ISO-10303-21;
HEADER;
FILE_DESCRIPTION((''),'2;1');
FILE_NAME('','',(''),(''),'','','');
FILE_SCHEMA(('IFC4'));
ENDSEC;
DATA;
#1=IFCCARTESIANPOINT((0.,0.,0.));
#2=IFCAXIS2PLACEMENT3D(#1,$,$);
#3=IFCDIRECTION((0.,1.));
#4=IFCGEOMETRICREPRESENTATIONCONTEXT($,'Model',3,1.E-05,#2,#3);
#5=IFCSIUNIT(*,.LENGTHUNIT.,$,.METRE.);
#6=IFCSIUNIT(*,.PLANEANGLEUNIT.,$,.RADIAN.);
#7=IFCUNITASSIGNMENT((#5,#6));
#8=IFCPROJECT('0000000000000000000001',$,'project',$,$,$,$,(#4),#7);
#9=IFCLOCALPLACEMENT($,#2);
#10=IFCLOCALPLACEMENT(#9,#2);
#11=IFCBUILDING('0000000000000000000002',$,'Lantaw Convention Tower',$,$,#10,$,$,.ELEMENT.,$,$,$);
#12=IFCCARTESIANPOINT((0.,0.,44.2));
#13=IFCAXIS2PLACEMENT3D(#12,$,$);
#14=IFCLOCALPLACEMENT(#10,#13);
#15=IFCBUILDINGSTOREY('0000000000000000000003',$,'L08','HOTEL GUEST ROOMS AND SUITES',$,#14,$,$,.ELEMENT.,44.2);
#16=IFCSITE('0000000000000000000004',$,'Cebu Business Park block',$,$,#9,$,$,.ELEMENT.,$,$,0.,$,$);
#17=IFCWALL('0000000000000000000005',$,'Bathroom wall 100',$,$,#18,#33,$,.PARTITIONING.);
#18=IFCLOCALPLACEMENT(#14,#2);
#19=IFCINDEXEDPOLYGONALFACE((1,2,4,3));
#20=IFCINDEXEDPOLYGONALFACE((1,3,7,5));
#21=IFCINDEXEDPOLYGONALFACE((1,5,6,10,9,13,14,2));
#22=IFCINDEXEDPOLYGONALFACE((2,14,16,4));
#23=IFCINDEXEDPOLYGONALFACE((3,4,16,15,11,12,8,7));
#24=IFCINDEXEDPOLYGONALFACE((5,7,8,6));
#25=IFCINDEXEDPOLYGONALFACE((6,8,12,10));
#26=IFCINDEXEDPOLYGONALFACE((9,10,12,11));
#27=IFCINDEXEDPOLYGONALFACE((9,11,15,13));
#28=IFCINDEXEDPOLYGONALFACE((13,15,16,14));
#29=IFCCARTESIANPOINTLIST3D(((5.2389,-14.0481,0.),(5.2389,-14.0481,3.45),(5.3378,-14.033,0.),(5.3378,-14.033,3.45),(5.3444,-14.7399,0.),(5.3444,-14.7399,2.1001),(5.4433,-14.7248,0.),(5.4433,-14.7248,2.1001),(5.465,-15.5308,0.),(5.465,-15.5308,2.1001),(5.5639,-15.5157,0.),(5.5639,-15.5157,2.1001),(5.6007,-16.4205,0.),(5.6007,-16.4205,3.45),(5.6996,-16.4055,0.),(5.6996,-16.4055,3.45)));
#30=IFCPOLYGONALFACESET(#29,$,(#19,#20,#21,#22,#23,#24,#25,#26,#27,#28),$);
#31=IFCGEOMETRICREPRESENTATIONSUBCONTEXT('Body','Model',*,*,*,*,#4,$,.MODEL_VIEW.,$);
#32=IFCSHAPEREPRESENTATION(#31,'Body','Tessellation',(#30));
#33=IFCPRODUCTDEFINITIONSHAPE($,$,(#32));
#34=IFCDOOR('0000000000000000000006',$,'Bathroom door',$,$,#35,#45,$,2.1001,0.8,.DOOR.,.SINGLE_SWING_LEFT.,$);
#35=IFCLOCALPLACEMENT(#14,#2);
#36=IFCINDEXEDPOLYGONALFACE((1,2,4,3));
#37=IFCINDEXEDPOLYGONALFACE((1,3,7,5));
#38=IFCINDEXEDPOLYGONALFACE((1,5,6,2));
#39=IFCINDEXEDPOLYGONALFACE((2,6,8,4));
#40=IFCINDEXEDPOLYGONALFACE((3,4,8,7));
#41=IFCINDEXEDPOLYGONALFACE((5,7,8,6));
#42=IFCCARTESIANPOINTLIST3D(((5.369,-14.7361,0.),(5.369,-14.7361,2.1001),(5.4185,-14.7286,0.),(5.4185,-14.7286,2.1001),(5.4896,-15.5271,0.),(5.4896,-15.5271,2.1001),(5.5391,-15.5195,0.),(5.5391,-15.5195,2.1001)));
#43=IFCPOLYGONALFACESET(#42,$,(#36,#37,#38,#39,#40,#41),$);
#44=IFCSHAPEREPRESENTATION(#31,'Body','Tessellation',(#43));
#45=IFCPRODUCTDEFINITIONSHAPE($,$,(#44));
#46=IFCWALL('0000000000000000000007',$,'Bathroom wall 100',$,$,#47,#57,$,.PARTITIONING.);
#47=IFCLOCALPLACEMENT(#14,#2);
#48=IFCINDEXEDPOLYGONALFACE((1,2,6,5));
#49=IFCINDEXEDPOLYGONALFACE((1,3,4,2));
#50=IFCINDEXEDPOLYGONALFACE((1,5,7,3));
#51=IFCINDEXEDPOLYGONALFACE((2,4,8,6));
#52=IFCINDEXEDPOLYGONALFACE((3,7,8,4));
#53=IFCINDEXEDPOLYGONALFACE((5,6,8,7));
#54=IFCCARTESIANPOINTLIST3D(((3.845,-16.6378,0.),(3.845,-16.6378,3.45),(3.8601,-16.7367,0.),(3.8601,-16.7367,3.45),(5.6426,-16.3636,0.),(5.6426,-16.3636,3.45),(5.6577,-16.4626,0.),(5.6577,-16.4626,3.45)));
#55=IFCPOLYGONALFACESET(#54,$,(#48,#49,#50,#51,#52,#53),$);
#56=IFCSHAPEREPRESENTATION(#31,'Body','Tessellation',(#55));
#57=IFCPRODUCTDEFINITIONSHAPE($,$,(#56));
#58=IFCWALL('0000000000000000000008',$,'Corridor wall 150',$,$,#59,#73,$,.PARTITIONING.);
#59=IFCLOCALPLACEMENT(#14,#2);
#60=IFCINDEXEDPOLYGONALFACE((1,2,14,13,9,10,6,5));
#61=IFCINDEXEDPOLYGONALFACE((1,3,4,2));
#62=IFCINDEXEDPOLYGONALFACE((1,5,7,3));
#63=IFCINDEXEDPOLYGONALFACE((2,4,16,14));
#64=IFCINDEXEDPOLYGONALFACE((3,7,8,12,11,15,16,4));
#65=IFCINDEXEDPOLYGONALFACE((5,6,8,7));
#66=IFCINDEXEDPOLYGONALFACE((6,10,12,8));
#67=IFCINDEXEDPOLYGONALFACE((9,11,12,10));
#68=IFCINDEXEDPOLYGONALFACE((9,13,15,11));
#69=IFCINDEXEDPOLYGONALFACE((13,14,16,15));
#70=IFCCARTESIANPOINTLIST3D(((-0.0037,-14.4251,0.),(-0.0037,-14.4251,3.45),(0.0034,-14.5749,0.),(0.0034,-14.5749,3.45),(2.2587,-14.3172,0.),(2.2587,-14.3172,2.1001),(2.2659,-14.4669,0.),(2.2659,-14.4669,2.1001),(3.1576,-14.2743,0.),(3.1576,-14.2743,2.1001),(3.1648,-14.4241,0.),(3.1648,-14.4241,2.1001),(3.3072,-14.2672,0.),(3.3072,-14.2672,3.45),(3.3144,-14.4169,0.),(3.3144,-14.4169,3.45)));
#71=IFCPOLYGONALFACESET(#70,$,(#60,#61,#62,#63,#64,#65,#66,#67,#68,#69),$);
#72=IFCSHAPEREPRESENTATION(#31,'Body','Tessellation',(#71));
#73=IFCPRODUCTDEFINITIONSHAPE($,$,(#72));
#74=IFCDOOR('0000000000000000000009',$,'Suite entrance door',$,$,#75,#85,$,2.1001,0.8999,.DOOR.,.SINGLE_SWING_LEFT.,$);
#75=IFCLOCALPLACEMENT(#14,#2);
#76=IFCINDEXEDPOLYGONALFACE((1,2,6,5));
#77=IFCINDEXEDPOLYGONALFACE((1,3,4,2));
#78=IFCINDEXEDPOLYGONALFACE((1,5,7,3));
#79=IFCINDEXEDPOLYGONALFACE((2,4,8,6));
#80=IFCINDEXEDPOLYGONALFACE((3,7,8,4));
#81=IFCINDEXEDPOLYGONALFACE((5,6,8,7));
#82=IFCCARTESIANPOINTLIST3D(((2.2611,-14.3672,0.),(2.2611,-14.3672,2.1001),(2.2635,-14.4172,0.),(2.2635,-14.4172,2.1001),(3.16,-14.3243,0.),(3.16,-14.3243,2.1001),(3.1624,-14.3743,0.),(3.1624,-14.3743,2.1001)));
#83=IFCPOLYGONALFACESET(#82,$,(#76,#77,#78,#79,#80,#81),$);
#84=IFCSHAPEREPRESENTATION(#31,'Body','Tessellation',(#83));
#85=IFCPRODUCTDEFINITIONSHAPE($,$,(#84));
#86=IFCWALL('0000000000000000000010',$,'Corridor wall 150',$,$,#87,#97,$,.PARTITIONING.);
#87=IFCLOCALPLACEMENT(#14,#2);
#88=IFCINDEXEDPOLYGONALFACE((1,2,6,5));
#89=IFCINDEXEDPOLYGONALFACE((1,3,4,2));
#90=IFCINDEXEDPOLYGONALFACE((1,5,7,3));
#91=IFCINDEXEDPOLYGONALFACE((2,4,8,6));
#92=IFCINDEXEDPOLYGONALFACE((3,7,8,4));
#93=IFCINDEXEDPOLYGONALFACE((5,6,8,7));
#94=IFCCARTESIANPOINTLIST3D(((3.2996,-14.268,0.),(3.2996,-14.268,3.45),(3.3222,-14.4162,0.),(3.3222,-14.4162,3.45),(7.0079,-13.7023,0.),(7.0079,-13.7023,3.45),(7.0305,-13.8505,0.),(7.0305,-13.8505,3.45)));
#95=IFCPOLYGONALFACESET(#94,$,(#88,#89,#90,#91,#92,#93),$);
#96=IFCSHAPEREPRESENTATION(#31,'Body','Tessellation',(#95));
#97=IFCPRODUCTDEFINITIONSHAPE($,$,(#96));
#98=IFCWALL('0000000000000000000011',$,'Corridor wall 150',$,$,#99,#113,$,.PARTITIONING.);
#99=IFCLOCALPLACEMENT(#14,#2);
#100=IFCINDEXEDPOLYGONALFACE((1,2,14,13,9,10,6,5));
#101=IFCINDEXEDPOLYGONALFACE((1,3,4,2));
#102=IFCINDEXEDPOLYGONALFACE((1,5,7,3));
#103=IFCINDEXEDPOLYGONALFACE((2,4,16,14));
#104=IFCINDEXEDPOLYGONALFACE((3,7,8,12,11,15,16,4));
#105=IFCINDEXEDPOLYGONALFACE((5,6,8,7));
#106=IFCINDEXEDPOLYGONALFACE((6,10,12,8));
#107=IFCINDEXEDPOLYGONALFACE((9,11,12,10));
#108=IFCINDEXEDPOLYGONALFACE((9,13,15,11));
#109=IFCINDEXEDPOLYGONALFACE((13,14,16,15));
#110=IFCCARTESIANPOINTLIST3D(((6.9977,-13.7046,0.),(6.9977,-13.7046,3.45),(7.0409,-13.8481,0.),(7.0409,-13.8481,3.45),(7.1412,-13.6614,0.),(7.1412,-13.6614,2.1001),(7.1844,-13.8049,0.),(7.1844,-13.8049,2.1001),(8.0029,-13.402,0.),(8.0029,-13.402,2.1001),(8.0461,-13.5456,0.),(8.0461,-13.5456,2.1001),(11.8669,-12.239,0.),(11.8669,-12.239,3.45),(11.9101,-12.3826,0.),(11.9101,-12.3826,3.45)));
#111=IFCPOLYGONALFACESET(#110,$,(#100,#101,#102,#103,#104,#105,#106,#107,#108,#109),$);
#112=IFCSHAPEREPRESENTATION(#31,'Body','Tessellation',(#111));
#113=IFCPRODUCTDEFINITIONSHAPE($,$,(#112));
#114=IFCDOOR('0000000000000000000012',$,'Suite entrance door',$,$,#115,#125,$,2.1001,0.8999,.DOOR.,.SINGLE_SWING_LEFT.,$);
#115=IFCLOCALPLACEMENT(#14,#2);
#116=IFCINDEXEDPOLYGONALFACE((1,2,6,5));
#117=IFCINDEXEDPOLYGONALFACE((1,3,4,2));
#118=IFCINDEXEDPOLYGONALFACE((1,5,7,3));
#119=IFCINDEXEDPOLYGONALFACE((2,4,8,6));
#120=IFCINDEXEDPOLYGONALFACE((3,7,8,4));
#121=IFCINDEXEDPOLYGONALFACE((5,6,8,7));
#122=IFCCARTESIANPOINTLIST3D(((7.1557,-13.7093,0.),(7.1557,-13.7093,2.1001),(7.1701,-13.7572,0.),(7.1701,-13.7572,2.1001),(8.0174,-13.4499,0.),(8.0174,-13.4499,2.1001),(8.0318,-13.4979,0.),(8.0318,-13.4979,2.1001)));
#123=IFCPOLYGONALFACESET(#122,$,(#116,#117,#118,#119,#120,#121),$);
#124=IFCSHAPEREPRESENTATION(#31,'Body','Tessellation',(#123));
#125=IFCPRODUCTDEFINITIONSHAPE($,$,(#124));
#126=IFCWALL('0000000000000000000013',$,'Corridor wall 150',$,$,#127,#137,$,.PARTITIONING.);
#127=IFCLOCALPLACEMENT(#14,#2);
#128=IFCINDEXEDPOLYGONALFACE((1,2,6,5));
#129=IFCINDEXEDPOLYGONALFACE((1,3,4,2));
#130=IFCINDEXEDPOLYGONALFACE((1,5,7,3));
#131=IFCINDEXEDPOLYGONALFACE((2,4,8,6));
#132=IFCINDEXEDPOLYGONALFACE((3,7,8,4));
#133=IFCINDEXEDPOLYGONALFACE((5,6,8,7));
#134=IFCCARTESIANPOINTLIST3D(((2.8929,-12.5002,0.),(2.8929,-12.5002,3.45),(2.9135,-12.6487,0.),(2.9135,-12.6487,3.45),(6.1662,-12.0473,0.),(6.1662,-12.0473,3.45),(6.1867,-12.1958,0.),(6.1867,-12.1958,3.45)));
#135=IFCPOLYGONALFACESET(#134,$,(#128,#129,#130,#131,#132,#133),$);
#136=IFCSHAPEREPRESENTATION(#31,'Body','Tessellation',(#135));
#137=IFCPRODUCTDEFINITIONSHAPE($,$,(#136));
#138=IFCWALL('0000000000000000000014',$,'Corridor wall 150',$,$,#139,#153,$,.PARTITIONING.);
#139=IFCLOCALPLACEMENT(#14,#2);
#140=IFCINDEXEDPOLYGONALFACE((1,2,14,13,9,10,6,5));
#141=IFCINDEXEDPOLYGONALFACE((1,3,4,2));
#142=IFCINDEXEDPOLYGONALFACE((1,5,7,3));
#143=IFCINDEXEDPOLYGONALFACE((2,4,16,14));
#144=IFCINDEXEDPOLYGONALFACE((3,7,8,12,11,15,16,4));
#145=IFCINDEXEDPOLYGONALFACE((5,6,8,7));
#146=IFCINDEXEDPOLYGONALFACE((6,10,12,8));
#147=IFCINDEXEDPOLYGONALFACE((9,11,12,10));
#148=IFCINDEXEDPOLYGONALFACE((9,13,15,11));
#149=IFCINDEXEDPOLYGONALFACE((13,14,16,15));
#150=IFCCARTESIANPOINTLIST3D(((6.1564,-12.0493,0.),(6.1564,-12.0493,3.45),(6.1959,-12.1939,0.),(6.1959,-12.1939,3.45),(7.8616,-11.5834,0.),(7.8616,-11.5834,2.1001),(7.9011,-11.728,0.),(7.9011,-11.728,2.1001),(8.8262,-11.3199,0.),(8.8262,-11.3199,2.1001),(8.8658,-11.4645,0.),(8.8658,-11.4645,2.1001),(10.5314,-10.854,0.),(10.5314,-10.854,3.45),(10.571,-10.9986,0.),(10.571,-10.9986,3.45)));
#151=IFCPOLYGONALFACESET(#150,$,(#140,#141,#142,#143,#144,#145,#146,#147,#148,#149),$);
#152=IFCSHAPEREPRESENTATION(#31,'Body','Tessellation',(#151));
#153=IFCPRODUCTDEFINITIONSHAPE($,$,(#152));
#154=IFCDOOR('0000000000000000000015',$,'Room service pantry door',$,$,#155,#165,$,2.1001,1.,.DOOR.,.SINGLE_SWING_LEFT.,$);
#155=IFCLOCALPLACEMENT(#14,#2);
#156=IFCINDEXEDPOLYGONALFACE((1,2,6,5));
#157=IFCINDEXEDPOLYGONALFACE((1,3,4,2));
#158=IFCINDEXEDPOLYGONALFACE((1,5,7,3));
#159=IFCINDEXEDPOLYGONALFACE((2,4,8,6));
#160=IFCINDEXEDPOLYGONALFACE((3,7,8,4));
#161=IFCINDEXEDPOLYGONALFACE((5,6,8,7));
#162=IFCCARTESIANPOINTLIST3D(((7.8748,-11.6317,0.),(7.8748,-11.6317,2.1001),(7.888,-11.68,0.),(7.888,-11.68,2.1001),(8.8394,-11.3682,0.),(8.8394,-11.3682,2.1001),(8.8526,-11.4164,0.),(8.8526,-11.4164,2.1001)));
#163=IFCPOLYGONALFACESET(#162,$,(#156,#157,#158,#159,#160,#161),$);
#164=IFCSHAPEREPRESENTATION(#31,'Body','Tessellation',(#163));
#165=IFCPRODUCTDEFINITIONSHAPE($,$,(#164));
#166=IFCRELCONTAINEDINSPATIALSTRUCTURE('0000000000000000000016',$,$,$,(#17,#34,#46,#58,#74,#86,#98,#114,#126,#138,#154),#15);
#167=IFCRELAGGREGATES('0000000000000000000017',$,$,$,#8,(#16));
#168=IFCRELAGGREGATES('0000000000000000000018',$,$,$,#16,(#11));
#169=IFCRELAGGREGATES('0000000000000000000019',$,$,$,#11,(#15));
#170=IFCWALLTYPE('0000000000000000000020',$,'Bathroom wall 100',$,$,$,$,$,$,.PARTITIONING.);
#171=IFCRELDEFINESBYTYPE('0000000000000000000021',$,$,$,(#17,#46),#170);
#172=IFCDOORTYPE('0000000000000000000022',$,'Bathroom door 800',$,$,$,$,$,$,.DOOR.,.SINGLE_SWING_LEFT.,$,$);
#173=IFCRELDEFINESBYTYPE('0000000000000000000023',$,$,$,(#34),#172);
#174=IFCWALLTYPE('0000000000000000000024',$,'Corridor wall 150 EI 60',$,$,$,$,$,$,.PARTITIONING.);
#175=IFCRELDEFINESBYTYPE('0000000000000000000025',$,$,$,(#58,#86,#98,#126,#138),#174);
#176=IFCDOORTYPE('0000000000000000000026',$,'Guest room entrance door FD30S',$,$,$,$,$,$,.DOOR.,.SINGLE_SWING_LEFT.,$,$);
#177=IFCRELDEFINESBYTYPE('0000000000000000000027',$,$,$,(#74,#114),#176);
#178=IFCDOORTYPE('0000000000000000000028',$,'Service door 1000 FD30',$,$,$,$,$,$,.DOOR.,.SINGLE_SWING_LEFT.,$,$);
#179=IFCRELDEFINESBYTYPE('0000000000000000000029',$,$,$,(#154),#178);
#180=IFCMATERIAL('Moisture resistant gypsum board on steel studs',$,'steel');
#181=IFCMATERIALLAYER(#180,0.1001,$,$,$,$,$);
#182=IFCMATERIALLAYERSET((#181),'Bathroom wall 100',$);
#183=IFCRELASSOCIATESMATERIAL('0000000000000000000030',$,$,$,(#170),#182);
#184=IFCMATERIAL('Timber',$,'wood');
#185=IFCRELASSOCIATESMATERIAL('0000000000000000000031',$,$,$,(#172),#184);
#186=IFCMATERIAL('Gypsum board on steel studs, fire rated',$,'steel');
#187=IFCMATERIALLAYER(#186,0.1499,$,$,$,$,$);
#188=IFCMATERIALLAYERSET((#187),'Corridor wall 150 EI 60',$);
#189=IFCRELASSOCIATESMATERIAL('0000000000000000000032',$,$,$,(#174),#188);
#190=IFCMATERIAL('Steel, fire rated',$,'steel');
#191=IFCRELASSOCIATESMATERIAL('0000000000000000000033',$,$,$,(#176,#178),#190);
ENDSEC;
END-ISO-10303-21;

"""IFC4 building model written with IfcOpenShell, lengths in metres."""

from ifc_helpers import new_model, si_unit, direction, frame, frame_2d, origin, place, context, subcontext, project, spatial, rectangle, extrude, material, layer, layer_set, type_object, element, fill, save


model = new_model("IFC4")

# Units and contexts
model_context = context("Model", 3, precision=1e-05, world=origin(), true_north=direction((0.0, 1.0)))
body_context = subcontext(model_context, "Body", "Model", "MODEL_VIEW")
ifc_project = project(units=[si_unit("LENGTHUNIT", "METRE"), si_unit("PLANEANGLEUNIT", "RADIAN")], contexts=[model_context])

# Site, building, storey
site_placement = place(None, origin())
site = spatial("IfcSite", under=ifc_project, at=site_placement, Name="Cebu Business Park block", CompositionType="ELEMENT", RefElevation=0.0)
building_placement = place(site_placement, origin())
building = spatial("IfcBuilding", under=site, at=building_placement, Name="Lantaw Convention Tower", CompositionType="ELEMENT")
storey_placement = place(building_placement, frame((0.0, 0.0, 44.2)))
storey = spatial("IfcBuildingStorey", under=building, at=storey_placement, Name="L08", Description="HOTEL GUEST ROOMS AND SUITES", CompositionType="ELEMENT", Elevation=44.2)

# Wall, opening, door
ifc_material_1 = material(Name="Moisture resistant gypsum board on steel studs", Category="steel")
ifc_layer_1 = layer(ifc_material_1, 0.1001)
ifc_layer_set_1 = layer_set([ifc_layer_1], Name="Bathroom wall 100")
wall_type_1 = type_object("IfcWallType", Name="Bathroom wall 100", PredefinedType="PARTITIONING", material=ifc_layer_set_1)
wall_1_placement = place(storey_placement, frame((5.2883, -14.0405, 0.0), z_axis=(0.0, 0.0, 1.0), x_axis=(0.150758, -0.988571, 0.0)))
wall_1 = element("IfcWall", 1, at=wall_1_placement, inside=storey, type_object=wall_type_1, Name="Bathroom wall 100", PredefinedType="PARTITIONING", context=body_context, shape_type="SweptSolid", body=[
    extrude(rectangle(XDim=2.3999, YDim=0.1001, at=frame_2d((1.2, 0.0))), origin(), (0.0, 0.0, 1.0), 3.45),
])
opening_1_placement = place(wall_1_placement, frame((0.7, 0.0, 0.0)))
opening_1 = element("IfcOpeningElement", 2, at=opening_1_placement, cuts=wall_1, PredefinedType="OPENING", context=body_context, shape_type="SweptSolid", body=[
    extrude(rectangle(XDim=0.8, YDim=2.1001, at=frame_2d((0.3999, 1.05))), frame((0.0, 0.0601, 0.0), z_axis=(0.0, -1.0, 0.0), x_axis=(1.0, 0.0, 0.0)), (0.0, 0.0, 1.0), 0.1201),
])
ifc_material_2 = material(Name="Timber", Category="wood")
door_type_1 = type_object("IfcDoorType", Name="Bathroom door 800", OperationType="SINGLE_SWING_LEFT", PredefinedType="DOOR", material=ifc_material_2)
door_1_placement = place(opening_1_placement, origin())
door_1 = element("IfcDoor", 3, at=door_1_placement, inside=storey, type_object=door_type_1, Name="Bathroom door", OperationType="SINGLE_SWING_LEFT", OverallHeight=2.1001, OverallWidth=0.8, PredefinedType="DOOR", context=body_context, shape_type="SweptSolid", body=[
    extrude(rectangle(XDim=0.8, YDim=2.1001, at=frame_2d((0.3999, 1.05))), frame((0.0, 0.0249, 0.0), z_axis=(0.0, -1.0, 0.0), x_axis=(1.0, 0.0, 0.0)), (0.0, 0.0, 1.0), 0.05),
])
fill(opening_1, door_1)

# Wall
wall_2_placement = place(storey_placement, frame((5.6501, -16.4131, 0.0), z_axis=(0.0, 0.0, 1.0), x_axis=(-0.988568, -0.150776, 0.0)))
element("IfcWall", 4, at=wall_2_placement, inside=storey, type_object=wall_type_1, Name="Bathroom wall 100", PredefinedType="PARTITIONING", context=body_context, shape_type="SweptSolid", body=[
    extrude(rectangle(XDim=1.8184, YDim=0.1001, at=frame_2d((0.9092, 0.0))), origin(), (0.0, 0.0, 1.0), 3.45),
])

# Wall, opening, door
ifc_material_3 = material(Name="Gypsum board on steel studs, fire rated", Category="steel")
ifc_layer_2 = layer(ifc_material_3, 0.1499)
ifc_layer_set_2 = layer_set([ifc_layer_2], Name="Corridor wall 150 EI 60")
wall_type_2 = type_object("IfcWallType", Name="Corridor wall 150 EI 60", PredefinedType="PARTITIONING", material=ifc_layer_set_2)
wall_3_placement = place(storey_placement, frame((0.0, -14.5, 0.0), z_axis=(0.0, 0.0, 1.0), x_axis=(0.998864, 0.047653, 0.0)))
wall_3 = element("IfcWall", 5, at=wall_3_placement, inside=storey, type_object=wall_type_2, Name="Corridor wall 150", PredefinedType="PARTITIONING", context=body_context, shape_type="SweptSolid", body=[
    extrude(rectangle(XDim=3.3147, YDim=0.1499, at=frame_2d((1.6572, 0.0))), origin(), (0.0, 0.0, 1.0), 3.45),
])
opening_2_placement = place(wall_3_placement, frame((2.2649, 0.0, 0.0)))
opening_2 = element("IfcOpeningElement", 6, at=opening_2_placement, cuts=wall_3, PredefinedType="OPENING", context=body_context, shape_type="SweptSolid", body=[
    extrude(rectangle(XDim=0.8999, YDim=2.1001, at=frame_2d((0.45, 1.05))), frame((0.0, 0.085, 0.0), z_axis=(0.0, -1.0, 0.0), x_axis=(1.0, 0.0, 0.0)), (0.0, 0.0, 1.0), 0.1699),
])
ifc_material_4 = material(Name="Steel, fire rated", Category="steel")
door_type_2 = type_object("IfcDoorType", Name="Guest room entrance door FD30S", OperationType="SINGLE_SWING_LEFT", PredefinedType="DOOR", material=ifc_material_4)
door_2_placement = place(opening_2_placement, origin())
door_2 = element("IfcDoor", 7, at=door_2_placement, inside=storey, type_object=door_type_2, Name="Suite entrance door", OperationType="SINGLE_SWING_LEFT", OverallHeight=2.1001, OverallWidth=0.8999, PredefinedType="DOOR", context=body_context, shape_type="SweptSolid", body=[
    extrude(rectangle(XDim=0.8999, YDim=2.1001, at=frame_2d((0.45, 1.05))), frame((0.0, 0.0249, 0.0), z_axis=(0.0, -1.0, 0.0), x_axis=(1.0, 0.0, 0.0)), (0.0, 0.0, 1.0), 0.05),
])
fill(opening_2, door_2)

# Wall
wall_4_placement = place(storey_placement, frame((3.311, -14.342, 0.0), z_axis=(0.0, 0.0, 1.0), x_axis=(0.988564, 0.1508, 0.0)))
element("IfcWall", 8, at=wall_4_placement, inside=storey, type_object=wall_type_2, Name="Corridor wall 150", PredefinedType="PARTITIONING", context=body_context, shape_type="SweptSolid", body=[
    extrude(rectangle(XDim=3.7512, YDim=0.1499, at=frame_2d((1.8755, 0.0))), origin(), (0.0, 0.0, 1.0), 3.45),
])

# Wall, opening, door
wall_5_placement = place(storey_placement, frame((7.0193, -13.7764, 0.0), z_axis=(0.0, 0.0, 1.0), x_axis=(0.957564, 0.28822, 0.0)))
wall_5 = element("IfcWall", 9, at=wall_5_placement, inside=storey, type_object=wall_type_2, Name="Corridor wall 150", PredefinedType="PARTITIONING", context=body_context, shape_type="SweptSolid", body=[
    extrude(rectangle(XDim=5.085, YDim=0.1499, at=frame_2d((2.5425, 0.0))), origin(), (0.0, 0.0, 1.0), 3.45),
])
opening_3_placement = place(wall_5_placement, frame((0.1499, 0.0, 0.0)))
opening_3 = element("IfcOpeningElement", 10, at=opening_3_placement, cuts=wall_5, PredefinedType="OPENING", context=body_context, shape_type="SweptSolid", body=[
    extrude(rectangle(XDim=0.8999, YDim=2.1001, at=frame_2d((0.45, 1.05))), frame((0.0, 0.085, 0.0), z_axis=(0.0, -1.0, 0.0), x_axis=(1.0, 0.0, 0.0)), (0.0, 0.0, 1.0), 0.1699),
])
door_3_placement = place(opening_3_placement, origin())
door_3 = element("IfcDoor", 11, at=door_3_placement, inside=storey, type_object=door_type_2, Name="Suite entrance door", OperationType="SINGLE_SWING_LEFT", OverallHeight=2.1001, OverallWidth=0.8999, PredefinedType="DOOR", context=body_context, shape_type="SweptSolid", body=[
    extrude(rectangle(XDim=0.8999, YDim=2.1001, at=frame_2d((0.45, 1.05))), frame((0.0, 0.0249, 0.0), z_axis=(0.0, -1.0, 0.0), x_axis=(1.0, 0.0, 0.0)), (0.0, 0.0, 1.0), 0.05),
])
fill(opening_3, door_3)

# Wall
wall_6_placement = place(storey_placement, frame((2.9031, -12.5745, 0.0), z_axis=(0.0, 0.0, 1.0), x_axis=(0.990563, 0.137055, 0.0)))
element("IfcWall", 12, at=wall_6_placement, inside=storey, type_object=wall_type_2, Name="Corridor wall 150", PredefinedType="PARTITIONING", context=body_context, shape_type="SweptSolid", body=[
    extrude(rectangle(XDim=3.3044, YDim=0.1499, at=frame_2d((1.6523, 0.0))), origin(), (0.0, 0.0, 1.0), 3.45),
])

# Wall, opening, door
wall_7_placement = place(storey_placement, frame((6.1763, -12.1216, 0.0), z_axis=(0.0, 0.0, 1.0), x_axis=(0.964644, 0.263555, 0.0)))
wall_7 = element("IfcWall", 13, at=wall_7_placement, inside=storey, type_object=wall_type_2, Name="Corridor wall 150", PredefinedType="PARTITIONING", context=body_context, shape_type="SweptSolid", body=[
    extrude(rectangle(XDim=4.5354, YDim=0.1499, at=frame_2d((2.2676, 0.0))), origin(), (0.0, 0.0, 1.0), 3.45),
])
opening_4_placement = place(wall_7_placement, frame((1.7676, 0.0, 0.0)))
opening_4 = element("IfcOpeningElement", 14, at=opening_4_placement, cuts=wall_7, PredefinedType="OPENING", context=body_context, shape_type="SweptSolid", body=[
    extrude(rectangle(XDim=1.0, YDim=2.1001, at=frame_2d((0.5, 1.05))), frame((0.0, 0.085, 0.0), z_axis=(0.0, -1.0, 0.0), x_axis=(1.0, 0.0, 0.0)), (0.0, 0.0, 1.0), 0.1699),
])
door_type_3 = type_object("IfcDoorType", Name="Service door 1000 FD30", OperationType="SINGLE_SWING_LEFT", PredefinedType="DOOR", material=ifc_material_4)
door_4_placement = place(opening_4_placement, origin())
door_4 = element("IfcDoor", 15, at=door_4_placement, inside=storey, type_object=door_type_3, Name="Room service pantry door", OperationType="SINGLE_SWING_LEFT", OverallHeight=2.1001, OverallWidth=1.0, PredefinedType="DOOR", context=body_context, shape_type="SweptSolid", body=[
    extrude(rectangle(XDim=1.0, YDim=2.1001, at=frame_2d((0.5, 1.05))), frame((0.0, 0.0249, 0.0), z_axis=(0.0, -1.0, 0.0), x_axis=(1.0, 0.0, 0.0)), (0.0, 0.0, 1.0), 0.05),
])
fill(opening_4, door_4)

save(model, "model.ifc")
